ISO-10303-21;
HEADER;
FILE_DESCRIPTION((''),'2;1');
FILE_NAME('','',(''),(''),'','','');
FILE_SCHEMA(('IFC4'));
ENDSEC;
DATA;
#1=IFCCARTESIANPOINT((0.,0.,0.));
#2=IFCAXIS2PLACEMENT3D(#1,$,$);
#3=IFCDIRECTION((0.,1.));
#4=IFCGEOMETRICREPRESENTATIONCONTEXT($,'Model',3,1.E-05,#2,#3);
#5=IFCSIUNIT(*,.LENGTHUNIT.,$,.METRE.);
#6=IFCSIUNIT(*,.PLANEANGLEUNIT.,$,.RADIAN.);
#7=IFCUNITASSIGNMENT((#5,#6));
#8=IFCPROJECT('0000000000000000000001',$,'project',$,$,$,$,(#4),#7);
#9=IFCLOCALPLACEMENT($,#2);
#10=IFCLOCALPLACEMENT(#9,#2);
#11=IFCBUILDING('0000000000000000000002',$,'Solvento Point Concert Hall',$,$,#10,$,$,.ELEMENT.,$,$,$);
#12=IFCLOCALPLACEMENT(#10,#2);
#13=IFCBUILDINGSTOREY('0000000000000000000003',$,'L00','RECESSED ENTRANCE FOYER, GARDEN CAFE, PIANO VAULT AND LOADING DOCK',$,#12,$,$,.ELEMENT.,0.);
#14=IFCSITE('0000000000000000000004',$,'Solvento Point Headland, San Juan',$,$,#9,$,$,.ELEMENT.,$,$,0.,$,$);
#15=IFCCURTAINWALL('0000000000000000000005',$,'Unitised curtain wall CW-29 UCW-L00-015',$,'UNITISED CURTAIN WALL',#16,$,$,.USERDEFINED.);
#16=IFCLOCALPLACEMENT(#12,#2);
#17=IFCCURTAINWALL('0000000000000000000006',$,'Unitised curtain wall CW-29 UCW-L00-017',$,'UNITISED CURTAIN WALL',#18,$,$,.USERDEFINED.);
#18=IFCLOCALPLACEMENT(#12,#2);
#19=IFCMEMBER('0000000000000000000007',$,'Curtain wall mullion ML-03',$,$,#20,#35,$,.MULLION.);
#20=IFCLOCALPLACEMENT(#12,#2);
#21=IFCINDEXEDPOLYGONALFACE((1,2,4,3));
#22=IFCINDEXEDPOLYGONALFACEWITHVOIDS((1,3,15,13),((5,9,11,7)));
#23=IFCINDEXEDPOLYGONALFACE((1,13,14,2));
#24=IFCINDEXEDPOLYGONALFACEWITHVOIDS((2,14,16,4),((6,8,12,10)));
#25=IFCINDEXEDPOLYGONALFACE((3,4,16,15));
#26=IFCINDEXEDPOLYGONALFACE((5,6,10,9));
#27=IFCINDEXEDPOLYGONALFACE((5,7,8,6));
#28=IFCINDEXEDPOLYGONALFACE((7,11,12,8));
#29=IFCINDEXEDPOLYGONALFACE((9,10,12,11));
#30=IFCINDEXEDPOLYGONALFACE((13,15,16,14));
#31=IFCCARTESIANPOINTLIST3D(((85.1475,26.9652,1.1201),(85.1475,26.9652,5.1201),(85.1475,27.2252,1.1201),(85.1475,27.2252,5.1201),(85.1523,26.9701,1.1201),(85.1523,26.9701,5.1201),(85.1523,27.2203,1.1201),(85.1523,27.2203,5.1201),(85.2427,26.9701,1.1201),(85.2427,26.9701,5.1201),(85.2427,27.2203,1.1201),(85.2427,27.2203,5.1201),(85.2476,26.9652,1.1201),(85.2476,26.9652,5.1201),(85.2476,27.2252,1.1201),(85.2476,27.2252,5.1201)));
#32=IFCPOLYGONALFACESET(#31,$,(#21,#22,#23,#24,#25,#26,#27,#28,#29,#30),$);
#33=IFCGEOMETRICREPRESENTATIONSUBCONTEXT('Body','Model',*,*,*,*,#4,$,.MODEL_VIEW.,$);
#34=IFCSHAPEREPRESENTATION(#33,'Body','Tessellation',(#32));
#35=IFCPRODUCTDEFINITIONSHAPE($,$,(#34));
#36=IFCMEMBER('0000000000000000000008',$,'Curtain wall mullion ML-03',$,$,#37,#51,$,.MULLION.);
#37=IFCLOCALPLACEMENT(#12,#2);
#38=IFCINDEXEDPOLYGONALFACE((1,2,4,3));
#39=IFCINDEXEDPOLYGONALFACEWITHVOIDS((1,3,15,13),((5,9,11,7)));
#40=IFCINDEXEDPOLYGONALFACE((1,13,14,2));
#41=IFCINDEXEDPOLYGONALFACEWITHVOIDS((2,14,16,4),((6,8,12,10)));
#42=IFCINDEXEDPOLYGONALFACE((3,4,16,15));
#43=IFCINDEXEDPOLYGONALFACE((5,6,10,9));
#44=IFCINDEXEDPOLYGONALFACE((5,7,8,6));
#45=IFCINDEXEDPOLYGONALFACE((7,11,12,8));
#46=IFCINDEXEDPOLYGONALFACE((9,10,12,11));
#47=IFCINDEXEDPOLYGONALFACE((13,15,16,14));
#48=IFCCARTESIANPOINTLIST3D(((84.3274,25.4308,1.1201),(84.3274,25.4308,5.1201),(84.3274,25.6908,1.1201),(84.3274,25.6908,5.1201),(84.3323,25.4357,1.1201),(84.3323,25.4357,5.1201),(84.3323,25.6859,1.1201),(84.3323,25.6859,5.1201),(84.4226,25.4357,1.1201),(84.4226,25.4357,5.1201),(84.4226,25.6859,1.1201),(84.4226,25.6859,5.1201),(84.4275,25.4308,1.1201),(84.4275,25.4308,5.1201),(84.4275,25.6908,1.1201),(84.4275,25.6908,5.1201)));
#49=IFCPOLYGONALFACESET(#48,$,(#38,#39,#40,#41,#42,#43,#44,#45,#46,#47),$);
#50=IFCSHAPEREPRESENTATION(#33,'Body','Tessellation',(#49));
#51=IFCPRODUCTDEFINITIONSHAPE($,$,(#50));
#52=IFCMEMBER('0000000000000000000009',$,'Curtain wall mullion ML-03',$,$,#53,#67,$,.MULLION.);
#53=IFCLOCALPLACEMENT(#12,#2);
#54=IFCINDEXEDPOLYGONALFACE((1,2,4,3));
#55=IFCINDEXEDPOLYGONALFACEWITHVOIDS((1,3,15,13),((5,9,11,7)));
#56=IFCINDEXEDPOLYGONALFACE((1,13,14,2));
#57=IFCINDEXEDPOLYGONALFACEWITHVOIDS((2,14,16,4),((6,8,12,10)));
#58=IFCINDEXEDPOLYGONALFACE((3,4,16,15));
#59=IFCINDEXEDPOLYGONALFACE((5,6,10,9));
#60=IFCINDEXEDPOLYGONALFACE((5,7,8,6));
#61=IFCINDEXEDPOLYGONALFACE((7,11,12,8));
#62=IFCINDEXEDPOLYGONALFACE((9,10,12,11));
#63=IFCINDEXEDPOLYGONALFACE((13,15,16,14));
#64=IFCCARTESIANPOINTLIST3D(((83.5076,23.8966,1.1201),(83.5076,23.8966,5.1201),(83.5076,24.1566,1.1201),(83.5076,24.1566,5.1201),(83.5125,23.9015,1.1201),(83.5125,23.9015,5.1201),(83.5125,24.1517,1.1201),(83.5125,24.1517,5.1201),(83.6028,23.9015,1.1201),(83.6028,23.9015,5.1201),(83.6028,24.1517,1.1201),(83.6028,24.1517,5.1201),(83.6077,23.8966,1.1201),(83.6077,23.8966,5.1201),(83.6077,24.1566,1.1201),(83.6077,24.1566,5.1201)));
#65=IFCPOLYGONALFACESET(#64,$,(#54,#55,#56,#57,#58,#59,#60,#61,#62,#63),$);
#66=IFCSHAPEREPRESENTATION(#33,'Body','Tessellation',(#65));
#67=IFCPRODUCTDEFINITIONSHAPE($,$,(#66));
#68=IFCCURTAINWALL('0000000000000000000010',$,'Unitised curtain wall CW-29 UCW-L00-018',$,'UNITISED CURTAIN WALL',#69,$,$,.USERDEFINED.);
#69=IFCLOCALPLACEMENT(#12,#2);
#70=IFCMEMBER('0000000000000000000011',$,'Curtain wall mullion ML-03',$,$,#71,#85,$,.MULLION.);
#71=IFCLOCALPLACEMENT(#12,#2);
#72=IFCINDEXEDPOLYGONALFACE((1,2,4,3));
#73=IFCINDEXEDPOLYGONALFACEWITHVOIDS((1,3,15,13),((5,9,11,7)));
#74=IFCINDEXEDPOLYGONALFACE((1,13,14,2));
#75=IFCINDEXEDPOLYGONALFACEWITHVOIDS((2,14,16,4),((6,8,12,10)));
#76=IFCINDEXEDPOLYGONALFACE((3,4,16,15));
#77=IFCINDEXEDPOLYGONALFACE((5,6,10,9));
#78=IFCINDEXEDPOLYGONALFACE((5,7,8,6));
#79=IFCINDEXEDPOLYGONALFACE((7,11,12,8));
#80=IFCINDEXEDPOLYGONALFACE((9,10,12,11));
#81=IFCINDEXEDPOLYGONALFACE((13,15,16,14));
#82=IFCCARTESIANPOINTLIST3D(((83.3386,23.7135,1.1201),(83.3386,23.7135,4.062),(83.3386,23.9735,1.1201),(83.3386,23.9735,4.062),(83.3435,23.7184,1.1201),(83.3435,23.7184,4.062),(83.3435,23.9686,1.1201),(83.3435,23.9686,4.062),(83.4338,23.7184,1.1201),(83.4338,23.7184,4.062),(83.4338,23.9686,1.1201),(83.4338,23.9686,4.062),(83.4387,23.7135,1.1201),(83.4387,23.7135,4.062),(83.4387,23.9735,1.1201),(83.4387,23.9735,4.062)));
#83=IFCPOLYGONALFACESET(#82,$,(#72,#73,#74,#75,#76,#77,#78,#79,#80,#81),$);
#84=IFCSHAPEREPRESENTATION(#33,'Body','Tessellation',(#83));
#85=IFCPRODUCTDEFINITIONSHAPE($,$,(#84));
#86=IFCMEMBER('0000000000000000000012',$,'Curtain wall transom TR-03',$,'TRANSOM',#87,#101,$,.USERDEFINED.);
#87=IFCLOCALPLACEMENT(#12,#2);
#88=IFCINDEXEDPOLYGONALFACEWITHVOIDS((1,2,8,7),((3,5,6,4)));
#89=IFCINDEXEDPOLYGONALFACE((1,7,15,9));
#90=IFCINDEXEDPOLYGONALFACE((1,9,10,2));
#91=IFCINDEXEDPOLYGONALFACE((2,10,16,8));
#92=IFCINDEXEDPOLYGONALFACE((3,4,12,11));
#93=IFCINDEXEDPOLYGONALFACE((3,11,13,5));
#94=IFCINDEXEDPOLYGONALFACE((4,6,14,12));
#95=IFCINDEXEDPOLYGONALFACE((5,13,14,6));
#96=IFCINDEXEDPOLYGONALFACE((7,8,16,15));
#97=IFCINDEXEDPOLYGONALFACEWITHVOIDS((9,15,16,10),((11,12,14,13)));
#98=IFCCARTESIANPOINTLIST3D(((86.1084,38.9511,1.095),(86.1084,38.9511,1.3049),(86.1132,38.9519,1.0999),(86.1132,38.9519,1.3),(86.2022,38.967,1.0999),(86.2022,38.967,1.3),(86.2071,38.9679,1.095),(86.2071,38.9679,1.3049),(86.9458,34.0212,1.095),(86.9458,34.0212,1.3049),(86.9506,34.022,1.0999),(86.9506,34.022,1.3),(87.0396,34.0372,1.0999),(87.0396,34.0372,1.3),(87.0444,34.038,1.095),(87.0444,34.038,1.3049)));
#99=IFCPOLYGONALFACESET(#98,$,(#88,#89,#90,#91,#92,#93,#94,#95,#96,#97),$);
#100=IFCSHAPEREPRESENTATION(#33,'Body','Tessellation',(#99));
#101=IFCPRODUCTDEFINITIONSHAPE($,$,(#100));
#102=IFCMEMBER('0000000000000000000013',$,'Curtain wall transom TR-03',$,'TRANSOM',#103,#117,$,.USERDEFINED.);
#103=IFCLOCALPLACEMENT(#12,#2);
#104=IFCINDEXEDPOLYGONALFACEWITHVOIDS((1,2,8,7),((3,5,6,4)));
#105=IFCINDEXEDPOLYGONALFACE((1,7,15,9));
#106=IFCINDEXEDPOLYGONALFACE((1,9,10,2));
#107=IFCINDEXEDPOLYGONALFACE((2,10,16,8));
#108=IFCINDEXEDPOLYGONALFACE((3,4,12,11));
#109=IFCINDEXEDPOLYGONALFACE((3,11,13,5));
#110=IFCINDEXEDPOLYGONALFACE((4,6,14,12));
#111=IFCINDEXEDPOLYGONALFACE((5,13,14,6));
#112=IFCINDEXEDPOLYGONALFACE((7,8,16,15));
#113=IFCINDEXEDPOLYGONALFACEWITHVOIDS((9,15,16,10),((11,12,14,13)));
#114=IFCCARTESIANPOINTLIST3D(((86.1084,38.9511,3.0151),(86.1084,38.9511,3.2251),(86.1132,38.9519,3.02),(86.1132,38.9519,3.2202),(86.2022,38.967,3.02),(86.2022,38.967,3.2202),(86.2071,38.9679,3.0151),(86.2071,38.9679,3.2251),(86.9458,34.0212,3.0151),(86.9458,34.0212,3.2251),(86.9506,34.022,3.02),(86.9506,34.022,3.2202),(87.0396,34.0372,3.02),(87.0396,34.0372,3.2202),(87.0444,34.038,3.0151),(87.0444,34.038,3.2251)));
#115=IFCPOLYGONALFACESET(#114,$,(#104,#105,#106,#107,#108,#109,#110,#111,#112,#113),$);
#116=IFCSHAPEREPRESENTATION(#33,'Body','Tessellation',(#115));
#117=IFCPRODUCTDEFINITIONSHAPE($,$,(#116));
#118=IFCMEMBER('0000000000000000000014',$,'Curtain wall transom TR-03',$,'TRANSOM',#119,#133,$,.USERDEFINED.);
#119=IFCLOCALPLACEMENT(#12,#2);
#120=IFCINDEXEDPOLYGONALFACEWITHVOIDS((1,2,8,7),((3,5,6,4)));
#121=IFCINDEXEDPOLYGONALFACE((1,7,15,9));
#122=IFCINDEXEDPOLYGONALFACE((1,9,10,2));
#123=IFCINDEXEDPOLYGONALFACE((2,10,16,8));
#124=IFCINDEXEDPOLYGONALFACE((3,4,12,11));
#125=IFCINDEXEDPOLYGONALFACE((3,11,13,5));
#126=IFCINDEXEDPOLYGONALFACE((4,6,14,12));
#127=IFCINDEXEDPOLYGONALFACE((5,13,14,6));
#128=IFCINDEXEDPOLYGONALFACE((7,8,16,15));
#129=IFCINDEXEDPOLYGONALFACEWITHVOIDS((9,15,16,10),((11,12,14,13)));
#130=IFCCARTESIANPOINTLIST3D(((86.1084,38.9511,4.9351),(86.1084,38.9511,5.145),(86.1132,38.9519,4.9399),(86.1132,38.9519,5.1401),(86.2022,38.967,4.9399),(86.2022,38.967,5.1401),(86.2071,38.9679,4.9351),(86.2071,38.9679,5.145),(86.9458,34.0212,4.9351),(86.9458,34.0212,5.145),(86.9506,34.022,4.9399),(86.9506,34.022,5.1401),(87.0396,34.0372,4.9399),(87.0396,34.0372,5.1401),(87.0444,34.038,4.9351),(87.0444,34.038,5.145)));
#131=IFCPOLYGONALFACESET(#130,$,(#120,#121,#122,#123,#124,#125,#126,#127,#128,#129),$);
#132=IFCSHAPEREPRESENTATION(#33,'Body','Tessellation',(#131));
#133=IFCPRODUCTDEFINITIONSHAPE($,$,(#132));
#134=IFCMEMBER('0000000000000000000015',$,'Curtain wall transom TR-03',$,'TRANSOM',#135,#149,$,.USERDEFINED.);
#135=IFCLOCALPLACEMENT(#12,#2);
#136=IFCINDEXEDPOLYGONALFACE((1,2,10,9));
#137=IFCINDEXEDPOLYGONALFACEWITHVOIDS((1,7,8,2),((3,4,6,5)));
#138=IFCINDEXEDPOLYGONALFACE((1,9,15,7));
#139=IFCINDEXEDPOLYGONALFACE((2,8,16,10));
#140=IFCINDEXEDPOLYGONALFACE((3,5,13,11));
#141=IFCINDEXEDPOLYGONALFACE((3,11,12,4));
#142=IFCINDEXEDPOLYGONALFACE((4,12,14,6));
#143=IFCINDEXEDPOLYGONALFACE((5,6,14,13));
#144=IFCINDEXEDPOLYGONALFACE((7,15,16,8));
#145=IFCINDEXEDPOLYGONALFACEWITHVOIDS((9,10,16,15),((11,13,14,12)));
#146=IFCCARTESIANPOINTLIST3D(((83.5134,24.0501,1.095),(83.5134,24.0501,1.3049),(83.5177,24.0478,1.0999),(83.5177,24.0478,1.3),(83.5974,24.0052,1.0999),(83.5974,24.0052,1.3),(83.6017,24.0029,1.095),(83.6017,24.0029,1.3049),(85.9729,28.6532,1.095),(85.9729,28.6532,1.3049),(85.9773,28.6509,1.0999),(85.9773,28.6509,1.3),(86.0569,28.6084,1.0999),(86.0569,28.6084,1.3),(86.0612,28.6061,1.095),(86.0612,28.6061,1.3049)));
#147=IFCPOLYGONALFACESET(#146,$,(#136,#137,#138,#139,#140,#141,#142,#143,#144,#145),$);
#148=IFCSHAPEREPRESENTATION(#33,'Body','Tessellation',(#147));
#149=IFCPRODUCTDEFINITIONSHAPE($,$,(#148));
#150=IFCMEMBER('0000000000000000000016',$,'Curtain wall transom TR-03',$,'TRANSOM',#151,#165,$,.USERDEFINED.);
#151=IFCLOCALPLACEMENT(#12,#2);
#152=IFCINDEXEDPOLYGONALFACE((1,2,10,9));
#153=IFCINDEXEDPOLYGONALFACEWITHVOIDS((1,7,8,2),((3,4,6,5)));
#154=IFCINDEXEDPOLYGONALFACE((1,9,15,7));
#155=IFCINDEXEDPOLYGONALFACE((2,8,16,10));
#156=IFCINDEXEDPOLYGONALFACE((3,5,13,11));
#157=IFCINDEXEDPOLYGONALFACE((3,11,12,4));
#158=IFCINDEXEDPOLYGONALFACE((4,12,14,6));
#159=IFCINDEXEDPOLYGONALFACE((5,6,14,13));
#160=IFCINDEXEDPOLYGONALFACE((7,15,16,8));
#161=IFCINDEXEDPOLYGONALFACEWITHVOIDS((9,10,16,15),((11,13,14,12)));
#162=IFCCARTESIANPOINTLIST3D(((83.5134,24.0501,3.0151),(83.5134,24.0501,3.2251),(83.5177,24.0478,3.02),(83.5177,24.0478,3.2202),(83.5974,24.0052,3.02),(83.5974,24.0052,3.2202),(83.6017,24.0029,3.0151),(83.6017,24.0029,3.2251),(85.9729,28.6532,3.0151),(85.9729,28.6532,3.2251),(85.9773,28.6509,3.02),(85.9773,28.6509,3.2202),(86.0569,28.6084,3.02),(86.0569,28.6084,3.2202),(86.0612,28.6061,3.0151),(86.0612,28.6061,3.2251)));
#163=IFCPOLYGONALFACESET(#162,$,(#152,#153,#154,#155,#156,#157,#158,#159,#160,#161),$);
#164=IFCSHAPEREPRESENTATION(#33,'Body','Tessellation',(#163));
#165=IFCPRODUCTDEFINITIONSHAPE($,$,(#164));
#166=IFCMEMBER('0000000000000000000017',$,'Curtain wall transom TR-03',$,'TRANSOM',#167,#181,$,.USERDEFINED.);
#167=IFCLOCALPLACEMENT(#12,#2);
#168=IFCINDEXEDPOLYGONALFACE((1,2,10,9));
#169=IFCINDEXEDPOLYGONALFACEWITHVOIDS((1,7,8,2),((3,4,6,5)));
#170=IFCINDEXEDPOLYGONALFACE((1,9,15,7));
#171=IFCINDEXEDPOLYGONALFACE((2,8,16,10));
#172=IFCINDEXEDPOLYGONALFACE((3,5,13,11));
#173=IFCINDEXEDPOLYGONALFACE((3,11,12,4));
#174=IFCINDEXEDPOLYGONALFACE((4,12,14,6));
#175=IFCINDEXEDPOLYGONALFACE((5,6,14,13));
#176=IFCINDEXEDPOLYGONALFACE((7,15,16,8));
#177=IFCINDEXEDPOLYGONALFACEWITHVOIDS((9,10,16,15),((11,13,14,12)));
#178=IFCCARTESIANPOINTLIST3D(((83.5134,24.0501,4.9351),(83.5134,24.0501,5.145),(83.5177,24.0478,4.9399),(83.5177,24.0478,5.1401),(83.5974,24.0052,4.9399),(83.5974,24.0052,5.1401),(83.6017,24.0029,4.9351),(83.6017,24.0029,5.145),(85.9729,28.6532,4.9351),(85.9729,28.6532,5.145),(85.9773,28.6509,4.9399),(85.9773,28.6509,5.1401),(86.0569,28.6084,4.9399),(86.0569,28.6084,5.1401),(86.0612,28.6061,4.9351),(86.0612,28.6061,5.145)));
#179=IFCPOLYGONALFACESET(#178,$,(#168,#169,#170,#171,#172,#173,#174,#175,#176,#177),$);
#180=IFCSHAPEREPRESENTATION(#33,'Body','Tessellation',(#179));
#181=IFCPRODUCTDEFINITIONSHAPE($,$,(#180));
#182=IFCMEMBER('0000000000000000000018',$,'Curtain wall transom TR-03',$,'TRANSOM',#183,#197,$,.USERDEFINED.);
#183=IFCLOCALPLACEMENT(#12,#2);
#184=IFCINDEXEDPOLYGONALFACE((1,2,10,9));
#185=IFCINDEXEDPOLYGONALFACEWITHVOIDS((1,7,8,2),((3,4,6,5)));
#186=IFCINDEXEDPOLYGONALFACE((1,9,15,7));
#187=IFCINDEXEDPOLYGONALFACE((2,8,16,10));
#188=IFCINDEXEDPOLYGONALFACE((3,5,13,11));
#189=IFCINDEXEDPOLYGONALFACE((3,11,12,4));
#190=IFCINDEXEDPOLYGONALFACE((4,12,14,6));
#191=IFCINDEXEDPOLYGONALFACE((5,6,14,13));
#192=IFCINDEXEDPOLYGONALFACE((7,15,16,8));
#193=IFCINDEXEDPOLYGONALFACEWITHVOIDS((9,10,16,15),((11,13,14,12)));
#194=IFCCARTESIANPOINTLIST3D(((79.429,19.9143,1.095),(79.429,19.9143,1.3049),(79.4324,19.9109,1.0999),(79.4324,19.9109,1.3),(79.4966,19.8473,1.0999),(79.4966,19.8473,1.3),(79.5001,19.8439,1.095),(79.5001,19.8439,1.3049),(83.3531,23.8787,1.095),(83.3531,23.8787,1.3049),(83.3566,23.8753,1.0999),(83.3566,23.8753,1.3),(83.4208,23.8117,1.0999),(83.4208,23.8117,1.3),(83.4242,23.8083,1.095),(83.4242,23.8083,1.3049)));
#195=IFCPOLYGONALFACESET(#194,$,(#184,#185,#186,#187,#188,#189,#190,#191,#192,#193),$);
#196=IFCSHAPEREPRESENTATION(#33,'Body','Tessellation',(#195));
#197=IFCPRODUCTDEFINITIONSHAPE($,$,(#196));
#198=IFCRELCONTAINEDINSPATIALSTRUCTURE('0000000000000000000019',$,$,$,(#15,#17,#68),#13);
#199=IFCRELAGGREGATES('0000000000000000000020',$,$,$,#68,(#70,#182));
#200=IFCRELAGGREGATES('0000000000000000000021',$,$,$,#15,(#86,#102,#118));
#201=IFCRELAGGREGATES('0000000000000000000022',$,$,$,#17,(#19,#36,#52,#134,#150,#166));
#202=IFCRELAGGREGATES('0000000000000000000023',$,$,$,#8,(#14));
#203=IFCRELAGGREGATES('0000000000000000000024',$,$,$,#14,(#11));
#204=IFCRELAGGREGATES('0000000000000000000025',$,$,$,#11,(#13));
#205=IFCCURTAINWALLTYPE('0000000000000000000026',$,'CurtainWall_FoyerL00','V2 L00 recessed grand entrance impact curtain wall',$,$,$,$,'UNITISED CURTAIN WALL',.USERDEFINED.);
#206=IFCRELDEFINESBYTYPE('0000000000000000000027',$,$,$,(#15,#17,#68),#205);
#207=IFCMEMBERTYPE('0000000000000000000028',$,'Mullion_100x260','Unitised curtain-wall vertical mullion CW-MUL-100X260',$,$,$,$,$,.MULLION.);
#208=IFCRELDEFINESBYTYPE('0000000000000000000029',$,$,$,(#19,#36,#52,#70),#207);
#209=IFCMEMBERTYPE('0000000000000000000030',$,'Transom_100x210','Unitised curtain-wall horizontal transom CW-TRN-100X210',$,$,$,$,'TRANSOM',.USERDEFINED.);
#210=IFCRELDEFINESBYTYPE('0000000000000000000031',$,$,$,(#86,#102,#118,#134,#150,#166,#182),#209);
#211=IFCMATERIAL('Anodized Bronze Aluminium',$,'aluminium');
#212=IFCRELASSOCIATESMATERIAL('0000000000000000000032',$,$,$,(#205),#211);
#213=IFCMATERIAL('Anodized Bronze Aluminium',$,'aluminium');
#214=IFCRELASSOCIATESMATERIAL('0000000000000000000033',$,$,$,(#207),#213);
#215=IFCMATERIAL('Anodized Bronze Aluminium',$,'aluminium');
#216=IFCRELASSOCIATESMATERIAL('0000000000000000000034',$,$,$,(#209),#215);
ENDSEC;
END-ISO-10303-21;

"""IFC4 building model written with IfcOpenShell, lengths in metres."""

from ifc_helpers import new_model, si_unit, direction, frame, origin, origin_2d, place, context, subcontext, project, spatial, hollow_rectangle, extrude, material, material_profile, profile_set, type_object, element, aggregate, save


model = new_model("IFC4")

# Units and contexts
model_context = context("Model", 3, precision=1e-05, world=origin(), true_north=direction((0.0, 1.0)))
body_context = subcontext(model_context, "Body", "Model", "MODEL_VIEW")
ifc_project = project(units=[si_unit("LENGTHUNIT", "METRE"), si_unit("PLANEANGLEUNIT", "RADIAN")], contexts=[model_context])

# Site, building, storey
site_placement = place(None, origin())
site = spatial("IfcSite", under=ifc_project, at=site_placement, Name="Solvento Point Headland, San Juan", CompositionType="ELEMENT", RefElevation=0.0)
building_placement = place(site_placement, origin())
building = spatial("IfcBuilding", under=site, at=building_placement, Name="Solvento Point Concert Hall", CompositionType="ELEMENT")
storey_placement = place(building_placement, origin())
storey = spatial("IfcBuildingStorey", under=building, at=storey_placement, Name="L00", Description="RECESSED ENTRANCE FOYER, GARDEN CAFE, PIANO VAULT AND LOADING DOCK", CompositionType="ELEMENT", Elevation=0.0)

# Curtain wall
ifc_material_1 = material(Name="Anodized Bronze Aluminium", Category="aluminium")
curtain_wall_type = type_object("IfcCurtainWallType", Name="CurtainWall_FoyerL00", Description="V2 L00 recessed grand entrance impact curtain wall", ElementType="UNITISED CURTAIN WALL", PredefinedType="USERDEFINED", material=ifc_material_1)
ifc_material_2 = material(Name="Anodized Bronze Aluminium", Category="aluminium")
ifc_material_profile_1 = material_profile(ifc_material_2, hollow_rectangle(XDim=0.1001, YDim=0.26, WallThickness=0.0049, at=origin_2d()), Name="CW-MUL-100X260")
ifc_profile_set_1 = profile_set([ifc_material_profile_1], Name="Anodized Bronze Aluminium")
member_type_1 = type_object("IfcMemberType", Name="Mullion_100x260", Description="Unitised curtain-wall vertical mullion CW-MUL-100X260", PredefinedType="MULLION", material=ifc_profile_set_1)
curtain_wall_1_placement = place(storey_placement, origin())
curtain_wall_1 = element("IfcCurtainWall", 1, at=curtain_wall_1_placement, inside=storey, type_object=curtain_wall_type, Name="Unitised curtain wall CW-29 UCW-L00-015", ObjectType="UNITISED CURTAIN WALL", PredefinedType="USERDEFINED")

# Curtain wall, members
curtain_wall_2_placement = place(storey_placement, origin())
curtain_wall_2 = element("IfcCurtainWall", 2, at=curtain_wall_2_placement, inside=storey, type_object=curtain_wall_type, Name="Unitised curtain wall CW-29 UCW-L00-017", ObjectType="UNITISED CURTAIN WALL", PredefinedType="USERDEFINED")
member_1_placement = place(storey_placement, frame((85.1975, 27.0952, 1.1201), z_axis=(0.0, 0.0, 1.0), x_axis=(1.0, 0.0, 0.0)))
member_1 = element("IfcMember", 3, at=member_1_placement, type_object=member_type_1, Name="Curtain wall mullion ML-03", PredefinedType="MULLION", context=body_context, shape_type="SweptSolid", body=[
    extrude(hollow_rectangle(XDim=0.1001, YDim=0.26, WallThickness=0.0049, at=origin_2d()), origin(), (0.0, 0.0, 1.0), 4.0),
])
member_2_placement = place(storey_placement, frame((84.3774, 25.5608, 1.1201), z_axis=(0.0, 0.0, 1.0), x_axis=(1.0, 0.0, 0.0)))
member_2 = element("IfcMember", 4, at=member_2_placement, type_object=member_type_1, Name="Curtain wall mullion ML-03", PredefinedType="MULLION", context=body_context, shape_type="SweptSolid", body=[
    extrude(hollow_rectangle(XDim=0.1001, YDim=0.26, WallThickness=0.0049, at=origin_2d()), origin(), (0.0, 0.0, 1.0), 4.0),
])
member_3_placement = place(storey_placement, frame((83.5576, 24.0266, 1.1201), z_axis=(0.0, 0.0, 1.0), x_axis=(1.0, 0.0, 0.0)))
member_3 = element("IfcMember", 5, at=member_3_placement, type_object=member_type_1, Name="Curtain wall mullion ML-03", PredefinedType="MULLION", context=body_context, shape_type="SweptSolid", body=[
    extrude(hollow_rectangle(XDim=0.1001, YDim=0.26, WallThickness=0.0049, at=origin_2d()), origin(), (0.0, 0.0, 1.0), 4.0),
])

# Curtain wall, member
curtain_wall_3_placement = place(storey_placement, origin())
curtain_wall_3 = element("IfcCurtainWall", 6, at=curtain_wall_3_placement, inside=storey, type_object=curtain_wall_type, Name="Unitised curtain wall CW-29 UCW-L00-018", ObjectType="UNITISED CURTAIN WALL", PredefinedType="USERDEFINED")
member_4_placement = place(storey_placement, frame((83.3887, 23.8435, 1.1201), z_axis=(0.0, 0.0, 1.0), x_axis=(1.0, 0.0, 0.0)))
member_4 = element("IfcMember", 7, at=member_4_placement, type_object=member_type_1, Name="Curtain wall mullion ML-03", PredefinedType="MULLION", context=body_context, shape_type="SweptSolid", body=[
    extrude(hollow_rectangle(XDim=0.1001, YDim=0.26, WallThickness=0.0049, at=origin_2d()), origin(), (0.0, 0.0, 1.0), 2.9419),
])

# Members
ifc_material_3 = material(Name="Anodized Bronze Aluminium", Category="aluminium")
ifc_material_profile_2 = material_profile(ifc_material_3, hollow_rectangle(XDim=0.1001, YDim=0.21, WallThickness=0.0049, at=origin_2d()), Name="CW-TRN-100X210")
ifc_profile_set_2 = profile_set([ifc_material_profile_2], Name="Anodized Bronze Aluminium")
member_type_2 = type_object("IfcMemberType", Name="Transom_100x210", Description="Unitised curtain-wall horizontal transom CW-TRN-100X210", ElementType="TRANSOM", PredefinedType="USERDEFINED", material=ifc_profile_set_2)
member_5_placement = place(storey_placement, frame((86.1577, 38.9595, 1.2), z_axis=(0.167462, -0.985879, 0.0), x_axis=(0.985879, 0.167462, 0.0)))
member_5 = element("IfcMember", 8, at=member_5_placement, type_object=member_type_2, Name="Curtain wall transom TR-03", ObjectType="TRANSOM", PredefinedType="USERDEFINED", context=body_context, shape_type="SweptSolid", body=[
    extrude(hollow_rectangle(XDim=0.1001, YDim=0.21, WallThickness=0.0049, at=origin_2d()), origin(), (0.0, 0.0, 1.0), 5.0005),
])
member_6_placement = place(storey_placement, frame((86.1577, 38.9595, 3.1201), z_axis=(0.167462, -0.985879, 0.0), x_axis=(0.985879, 0.167462, 0.0)))
member_6 = element("IfcMember", 9, at=member_6_placement, type_object=member_type_2, Name="Curtain wall transom TR-03", ObjectType="TRANSOM", PredefinedType="USERDEFINED", context=body_context, shape_type="SweptSolid", body=[
    extrude(hollow_rectangle(XDim=0.1001, YDim=0.21, WallThickness=0.0049, at=origin_2d()), origin(), (0.0, 0.0, 1.0), 5.0005),
])
member_7_placement = place(storey_placement, frame((86.1577, 38.9595, 5.04), z_axis=(0.167462, -0.985879, 0.0), x_axis=(0.985879, 0.167462, 0.0)))
member_7 = element("IfcMember", 10, at=member_7_placement, type_object=member_type_2, Name="Curtain wall transom TR-03", ObjectType="TRANSOM", PredefinedType="USERDEFINED", context=body_context, shape_type="SweptSolid", body=[
    extrude(hollow_rectangle(XDim=0.1001, YDim=0.21, WallThickness=0.0049, at=origin_2d()), origin(), (0.0, 0.0, 1.0), 5.0005),
])
member_8_placement = place(storey_placement, frame((86.0171, 28.6296, 1.2), z_axis=(-0.471263, -0.881993, 0.0), x_axis=(0.881993, -0.471263, 0.0)))
member_8 = element("IfcMember", 11, at=member_8_placement, type_object=member_type_2, Name="Curtain wall transom TR-03", ObjectType="TRANSOM", PredefinedType="USERDEFINED", context=body_context, shape_type="SweptSolid", body=[
    extrude(hollow_rectangle(XDim=0.1001, YDim=0.21, WallThickness=0.0049, at=origin_2d()), origin(), (0.0, 0.0, 1.0), 5.219),
])
member_9_placement = place(storey_placement, frame((86.0171, 28.6296, 3.1201), z_axis=(-0.471263, -0.881993, 0.0), x_axis=(0.881993, -0.471263, 0.0)))
member_9 = element("IfcMember", 12, at=member_9_placement, type_object=member_type_2, Name="Curtain wall transom TR-03", ObjectType="TRANSOM", PredefinedType="USERDEFINED", context=body_context, shape_type="SweptSolid", body=[
    extrude(hollow_rectangle(XDim=0.1001, YDim=0.21, WallThickness=0.0049, at=origin_2d()), origin(), (0.0, 0.0, 1.0), 5.219),
])
member_10_placement = place(storey_placement, frame((86.0171, 28.6296, 5.04), z_axis=(-0.471263, -0.881993, 0.0), x_axis=(0.881993, -0.471263, 0.0)))
member_10 = element("IfcMember", 13, at=member_10_placement, type_object=member_type_2, Name="Curtain wall transom TR-03", ObjectType="TRANSOM", PredefinedType="USERDEFINED", context=body_context, shape_type="SweptSolid", body=[
    extrude(hollow_rectangle(XDim=0.1001, YDim=0.21, WallThickness=0.0049, at=origin_2d()), origin(), (0.0, 0.0, 1.0), 5.219),
])
member_11_placement = place(storey_placement, frame((83.3887, 23.8435, 1.2), z_axis=(-0.703487, -0.710708, 0.0), x_axis=(0.710708, -0.703487, 0.0)))
member_11 = element("IfcMember", 14, at=member_11_placement, type_object=member_type_2, Name="Curtain wall transom TR-03", ObjectType="TRANSOM", PredefinedType="USERDEFINED", context=body_context, shape_type="SweptSolid", body=[
    extrude(hollow_rectangle(XDim=0.1001, YDim=0.21, WallThickness=0.0049, at=origin_2d()), origin(), (0.0, 0.0, 1.0), 5.5781),
])
aggregate(curtain_wall_3, [member_4, member_11])

aggregate(curtain_wall_1, [member_5, member_6, member_7])
aggregate(curtain_wall_2, [member_1, member_2, member_3, member_8, member_9, member_10])

save(model, "model.ifc")
